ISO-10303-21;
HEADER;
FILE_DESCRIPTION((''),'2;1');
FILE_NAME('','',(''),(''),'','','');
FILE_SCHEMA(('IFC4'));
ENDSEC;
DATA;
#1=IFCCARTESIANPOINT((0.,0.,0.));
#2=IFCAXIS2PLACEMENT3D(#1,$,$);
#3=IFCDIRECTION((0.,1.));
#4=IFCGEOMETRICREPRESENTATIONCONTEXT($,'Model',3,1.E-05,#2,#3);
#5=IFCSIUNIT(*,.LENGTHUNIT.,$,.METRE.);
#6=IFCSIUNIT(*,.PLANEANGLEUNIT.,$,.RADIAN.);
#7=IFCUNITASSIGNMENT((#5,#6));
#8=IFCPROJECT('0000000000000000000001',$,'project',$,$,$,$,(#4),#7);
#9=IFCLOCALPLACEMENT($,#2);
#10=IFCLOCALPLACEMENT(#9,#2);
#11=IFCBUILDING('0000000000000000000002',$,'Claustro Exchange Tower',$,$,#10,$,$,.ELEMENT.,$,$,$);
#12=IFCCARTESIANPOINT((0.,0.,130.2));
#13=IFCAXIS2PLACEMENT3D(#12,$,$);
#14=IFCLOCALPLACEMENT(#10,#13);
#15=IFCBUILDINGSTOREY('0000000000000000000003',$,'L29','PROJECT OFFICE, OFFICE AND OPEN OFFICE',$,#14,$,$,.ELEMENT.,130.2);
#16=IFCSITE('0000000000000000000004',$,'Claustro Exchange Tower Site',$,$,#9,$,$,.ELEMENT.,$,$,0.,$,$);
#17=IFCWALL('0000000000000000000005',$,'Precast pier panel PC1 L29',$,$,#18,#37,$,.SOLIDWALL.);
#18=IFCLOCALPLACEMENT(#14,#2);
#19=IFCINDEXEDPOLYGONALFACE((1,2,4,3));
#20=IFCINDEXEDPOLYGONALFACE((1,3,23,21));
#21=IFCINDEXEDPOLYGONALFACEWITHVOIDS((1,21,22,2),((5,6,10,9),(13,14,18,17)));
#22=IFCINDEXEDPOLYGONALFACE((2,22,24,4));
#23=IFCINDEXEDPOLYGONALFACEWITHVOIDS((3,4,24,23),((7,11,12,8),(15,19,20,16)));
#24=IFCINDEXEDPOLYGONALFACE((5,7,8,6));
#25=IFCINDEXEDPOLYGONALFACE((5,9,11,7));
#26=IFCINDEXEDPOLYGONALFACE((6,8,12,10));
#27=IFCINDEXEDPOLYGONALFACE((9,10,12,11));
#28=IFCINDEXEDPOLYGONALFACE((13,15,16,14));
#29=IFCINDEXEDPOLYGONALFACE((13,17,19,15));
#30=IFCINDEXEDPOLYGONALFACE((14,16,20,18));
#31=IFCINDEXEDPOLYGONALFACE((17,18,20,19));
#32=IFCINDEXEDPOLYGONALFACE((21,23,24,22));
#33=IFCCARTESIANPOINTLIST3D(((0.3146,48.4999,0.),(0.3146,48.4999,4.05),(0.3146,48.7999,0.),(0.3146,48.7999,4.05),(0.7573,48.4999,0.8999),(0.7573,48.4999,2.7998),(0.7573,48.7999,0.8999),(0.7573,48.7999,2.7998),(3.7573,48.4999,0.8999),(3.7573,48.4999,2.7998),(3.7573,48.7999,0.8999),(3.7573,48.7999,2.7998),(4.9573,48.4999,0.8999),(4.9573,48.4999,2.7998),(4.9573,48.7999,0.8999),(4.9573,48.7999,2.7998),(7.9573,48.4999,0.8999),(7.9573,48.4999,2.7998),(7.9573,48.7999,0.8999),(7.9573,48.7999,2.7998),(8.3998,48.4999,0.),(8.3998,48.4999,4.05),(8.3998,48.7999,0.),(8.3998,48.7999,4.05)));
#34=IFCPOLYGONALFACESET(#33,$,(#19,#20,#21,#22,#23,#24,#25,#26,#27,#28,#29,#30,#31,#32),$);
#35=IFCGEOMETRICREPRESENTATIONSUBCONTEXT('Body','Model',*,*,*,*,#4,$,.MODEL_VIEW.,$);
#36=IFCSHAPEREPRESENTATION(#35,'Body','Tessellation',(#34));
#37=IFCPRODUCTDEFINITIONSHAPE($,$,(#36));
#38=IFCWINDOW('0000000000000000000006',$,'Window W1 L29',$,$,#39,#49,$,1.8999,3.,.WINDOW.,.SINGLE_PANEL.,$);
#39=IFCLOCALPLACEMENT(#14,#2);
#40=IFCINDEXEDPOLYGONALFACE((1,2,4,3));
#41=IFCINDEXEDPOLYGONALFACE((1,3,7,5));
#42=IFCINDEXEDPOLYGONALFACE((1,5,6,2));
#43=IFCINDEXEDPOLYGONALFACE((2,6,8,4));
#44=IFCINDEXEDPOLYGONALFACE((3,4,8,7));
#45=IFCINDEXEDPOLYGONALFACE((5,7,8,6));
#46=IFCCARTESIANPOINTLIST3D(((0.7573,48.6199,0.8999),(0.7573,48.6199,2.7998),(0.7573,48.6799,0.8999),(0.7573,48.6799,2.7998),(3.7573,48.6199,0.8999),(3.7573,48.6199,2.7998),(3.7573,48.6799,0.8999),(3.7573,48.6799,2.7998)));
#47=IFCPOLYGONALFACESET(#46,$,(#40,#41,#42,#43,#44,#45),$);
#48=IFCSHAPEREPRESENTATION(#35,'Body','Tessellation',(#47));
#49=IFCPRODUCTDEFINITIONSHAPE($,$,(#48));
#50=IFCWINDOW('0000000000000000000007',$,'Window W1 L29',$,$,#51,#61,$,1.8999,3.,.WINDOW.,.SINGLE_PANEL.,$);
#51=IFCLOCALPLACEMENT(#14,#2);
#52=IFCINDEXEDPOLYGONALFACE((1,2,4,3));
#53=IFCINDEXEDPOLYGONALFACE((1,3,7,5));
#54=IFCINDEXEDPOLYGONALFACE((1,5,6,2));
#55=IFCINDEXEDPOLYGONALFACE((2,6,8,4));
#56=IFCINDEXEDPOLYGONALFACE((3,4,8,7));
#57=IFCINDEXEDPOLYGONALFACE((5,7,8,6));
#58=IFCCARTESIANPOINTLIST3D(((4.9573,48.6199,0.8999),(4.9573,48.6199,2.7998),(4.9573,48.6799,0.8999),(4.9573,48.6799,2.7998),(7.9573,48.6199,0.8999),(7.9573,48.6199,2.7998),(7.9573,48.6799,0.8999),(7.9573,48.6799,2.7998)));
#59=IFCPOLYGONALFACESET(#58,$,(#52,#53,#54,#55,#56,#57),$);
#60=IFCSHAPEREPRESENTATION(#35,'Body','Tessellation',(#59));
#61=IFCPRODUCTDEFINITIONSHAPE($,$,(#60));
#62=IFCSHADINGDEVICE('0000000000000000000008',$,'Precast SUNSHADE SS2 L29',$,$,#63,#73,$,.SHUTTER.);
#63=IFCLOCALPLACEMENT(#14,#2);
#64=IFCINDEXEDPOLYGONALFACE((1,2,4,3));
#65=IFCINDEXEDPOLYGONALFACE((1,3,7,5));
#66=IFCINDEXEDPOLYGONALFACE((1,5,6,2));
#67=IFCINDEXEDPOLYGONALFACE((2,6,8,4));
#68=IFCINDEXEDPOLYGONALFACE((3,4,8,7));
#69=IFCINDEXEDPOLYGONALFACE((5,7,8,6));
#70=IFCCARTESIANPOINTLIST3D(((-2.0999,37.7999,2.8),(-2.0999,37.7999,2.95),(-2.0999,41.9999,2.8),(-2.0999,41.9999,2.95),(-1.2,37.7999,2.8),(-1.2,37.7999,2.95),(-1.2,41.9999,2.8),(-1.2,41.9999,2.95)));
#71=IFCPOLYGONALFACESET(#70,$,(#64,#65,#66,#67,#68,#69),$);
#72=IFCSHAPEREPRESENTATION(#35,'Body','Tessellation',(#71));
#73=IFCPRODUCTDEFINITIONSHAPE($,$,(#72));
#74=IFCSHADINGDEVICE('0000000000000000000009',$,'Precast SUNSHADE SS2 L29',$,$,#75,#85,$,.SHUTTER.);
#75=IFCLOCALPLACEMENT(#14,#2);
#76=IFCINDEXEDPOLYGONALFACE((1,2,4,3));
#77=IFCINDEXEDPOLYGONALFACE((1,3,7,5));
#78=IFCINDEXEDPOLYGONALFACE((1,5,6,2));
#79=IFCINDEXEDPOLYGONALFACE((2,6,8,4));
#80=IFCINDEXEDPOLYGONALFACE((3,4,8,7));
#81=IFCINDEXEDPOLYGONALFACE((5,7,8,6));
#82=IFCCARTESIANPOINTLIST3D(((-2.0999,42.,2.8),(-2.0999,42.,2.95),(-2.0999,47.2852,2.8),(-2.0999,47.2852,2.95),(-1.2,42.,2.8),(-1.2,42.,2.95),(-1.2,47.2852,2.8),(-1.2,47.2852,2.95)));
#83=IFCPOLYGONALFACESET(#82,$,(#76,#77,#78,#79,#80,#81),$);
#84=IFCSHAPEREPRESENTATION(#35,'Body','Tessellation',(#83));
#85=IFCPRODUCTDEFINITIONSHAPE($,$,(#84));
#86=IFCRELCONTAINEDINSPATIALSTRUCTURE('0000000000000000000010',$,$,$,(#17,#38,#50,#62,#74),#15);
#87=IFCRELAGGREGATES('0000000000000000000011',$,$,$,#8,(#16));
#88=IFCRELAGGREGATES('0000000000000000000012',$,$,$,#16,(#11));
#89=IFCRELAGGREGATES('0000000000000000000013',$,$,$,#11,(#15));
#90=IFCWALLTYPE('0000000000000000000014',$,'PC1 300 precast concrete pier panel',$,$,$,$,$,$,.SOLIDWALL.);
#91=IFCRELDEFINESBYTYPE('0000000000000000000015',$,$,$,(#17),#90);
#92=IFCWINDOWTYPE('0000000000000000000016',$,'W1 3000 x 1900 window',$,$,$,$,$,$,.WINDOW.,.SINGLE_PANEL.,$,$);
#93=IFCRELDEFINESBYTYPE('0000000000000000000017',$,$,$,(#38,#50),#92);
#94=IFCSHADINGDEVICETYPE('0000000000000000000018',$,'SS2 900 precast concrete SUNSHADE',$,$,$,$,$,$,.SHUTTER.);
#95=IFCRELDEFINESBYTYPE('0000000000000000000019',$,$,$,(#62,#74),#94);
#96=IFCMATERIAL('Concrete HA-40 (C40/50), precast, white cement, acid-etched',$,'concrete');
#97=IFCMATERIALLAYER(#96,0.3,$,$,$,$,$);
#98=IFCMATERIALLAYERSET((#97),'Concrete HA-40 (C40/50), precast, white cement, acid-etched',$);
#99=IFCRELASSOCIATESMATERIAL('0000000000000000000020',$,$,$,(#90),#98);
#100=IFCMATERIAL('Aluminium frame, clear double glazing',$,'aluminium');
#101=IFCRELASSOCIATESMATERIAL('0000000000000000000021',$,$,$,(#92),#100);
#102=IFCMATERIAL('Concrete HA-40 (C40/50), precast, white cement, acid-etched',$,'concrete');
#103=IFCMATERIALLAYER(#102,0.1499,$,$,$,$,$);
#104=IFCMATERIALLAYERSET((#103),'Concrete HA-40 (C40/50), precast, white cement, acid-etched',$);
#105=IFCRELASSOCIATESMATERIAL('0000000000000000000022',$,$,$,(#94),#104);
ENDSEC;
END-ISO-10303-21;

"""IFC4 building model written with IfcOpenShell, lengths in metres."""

from ifc_helpers import new_model, si_unit, direction, frame, frame_2d, origin, origin_2d, place, context, subcontext, project, spatial, rectangle, extrude, material, layer, layer_set, type_object, element, fill, save


model = new_model("IFC4")

# Units and contexts
model_context = context("Model", 3, precision=1e-05, world=origin(), true_north=direction((0.0, 1.0)))
body_context = subcontext(model_context, "Body", "Model", "MODEL_VIEW")
ifc_project = project(units=[si_unit("LENGTHUNIT", "METRE"), si_unit("PLANEANGLEUNIT", "RADIAN")], contexts=[model_context])

# Site, building, storey
site_placement = place(None, origin())
site = spatial("IfcSite", under=ifc_project, at=site_placement, Name="Claustro Exchange Tower Site", CompositionType="ELEMENT", RefElevation=0.0)
building_placement = place(site_placement, origin())
building = spatial("IfcBuilding", under=site, at=building_placement, Name="Claustro Exchange Tower", CompositionType="ELEMENT")
storey_placement = place(building_placement, frame((0.0, 0.0, 130.2)))
storey = spatial("IfcBuildingStorey", under=building, at=storey_placement, Name="L29", Description="PROJECT OFFICE, OFFICE AND OPEN OFFICE", CompositionType="ELEMENT", Elevation=130.2)

# Shared definitions
ifc_material_1 = material(Name="Concrete HA-40 (C40/50), precast, white cement, acid-etched", Category="concrete")
ifc_layer_1 = layer(ifc_material_1, 0.3)
ifc_layer_set_1 = layer_set([ifc_layer_1], Name="Concrete HA-40 (C40/50), precast, white cement, acid-etched")
wall_type_1 = type_object("IfcWallType", Name="PC1 300 precast concrete pier panel", PredefinedType="SOLIDWALL", material=ifc_layer_set_1)

# Wall, openings, windows
wall_1_placement = place(storey_placement, frame((0.3147, 48.6499, 0.0), z_axis=(0.0, 0.0, 1.0), x_axis=(1.0, 0.0, 0.0)))
wall_1 = element("IfcWall", 1, at=wall_1_placement, inside=storey, type_object=wall_type_1, Name="Precast pier panel PC1 L29", PredefinedType="SOLIDWALL", context=body_context, shape_type="SweptSolid", body=[
    extrude(rectangle(XDim=8.0852, YDim=0.3, at=frame_2d((4.0425, 0.0))), origin(), (0.0, 0.0, 1.0), 4.05),
])
opening_1_placement = place(wall_1_placement, frame((0.4426, 0.0, 0.8999)))
opening_1 = element("IfcOpeningElement", 2, at=opening_1_placement, cuts=wall_1, PredefinedType="OPENING", context=body_context, shape_type="SweptSolid", body=[
    extrude(rectangle(XDim=3.0, YDim=1.8999, at=frame_2d((1.5, 0.95))), frame((0.0, 0.1599, 0.0), z_axis=(0.0, -1.0, 0.0), x_axis=(1.0, 0.0, 0.0)), (0.0, 0.0, 1.0), 0.3201),
])
opening_2_placement = place(wall_1_placement, frame((4.6426, 0.0, 0.8999)))
opening_2 = element("IfcOpeningElement", 3, at=opening_2_placement, cuts=wall_1, PredefinedType="OPENING", context=body_context, shape_type="SweptSolid", body=[
    extrude(rectangle(XDim=3.0, YDim=1.8999, at=frame_2d((1.5, 0.95))), frame((0.0, 0.1599, 0.0), z_axis=(0.0, -1.0, 0.0), x_axis=(1.0, 0.0, 0.0)), (0.0, 0.0, 1.0), 0.3201),
])
ifc_material_2 = material(Name="Aluminium frame, clear double glazing", Category="aluminium")
window_type_1 = type_object("IfcWindowType", Name="W1 3000 x 1900 window", PartitioningType="SINGLE_PANEL", PredefinedType="WINDOW", material=ifc_material_2)
window_1_placement = place(opening_1_placement, origin())
window_1 = element("IfcWindow", 4, at=window_1_placement, inside=storey, type_object=window_type_1, Name="Window W1 L29", OverallHeight=1.8999, OverallWidth=3.0, PartitioningType="SINGLE_PANEL", PredefinedType="WINDOW", context=body_context, shape_type="SweptSolid", body=[
    extrude(rectangle(XDim=3.0, YDim=1.8999, at=frame_2d((1.5, 0.95))), frame((0.0, 0.03, 0.0), z_axis=(0.0, -1.0, 0.0), x_axis=(1.0, 0.0, 0.0)), (0.0, 0.0, 1.0), 0.0601),
])
fill(opening_1, window_1)
window_2_placement = place(opening_2_placement, origin())
window_2 = element("IfcWindow", 5, at=window_2_placement, inside=storey, type_object=window_type_1, Name="Window W1 L29", OverallHeight=1.8999, OverallWidth=3.0, PartitioningType="SINGLE_PANEL", PredefinedType="WINDOW", context=body_context, shape_type="SweptSolid", body=[
    extrude(rectangle(XDim=3.0, YDim=1.8999, at=frame_2d((1.5, 0.95))), frame((0.0, 0.03, 0.0), z_axis=(0.0, -1.0, 0.0), x_axis=(1.0, 0.0, 0.0)), (0.0, 0.0, 1.0), 0.0601),
])
fill(opening_2, window_2)

# Shading devices
ifc_material_3 = material(Name="Concrete HA-40 (C40/50), precast, white cement, acid-etched", Category="concrete")
ifc_layer_2 = layer(ifc_material_3, 0.1499)
ifc_layer_set_2 = layer_set([ifc_layer_2], Name="Concrete HA-40 (C40/50), precast, white cement, acid-etched")
shading_device_type = type_object("IfcShadingDeviceType", Name="SS2 900 precast concrete SUNSHADE", PredefinedType="SHUTTER", material=ifc_layer_set_2)
shading_device_1_placement = place(storey_placement, frame((-1.6499, 39.8999, 2.8), z_axis=(0.0, 0.0, 1.0), x_axis=(0.0, 1.0, 0.0)))
element("IfcShadingDevice", 6, at=shading_device_1_placement, inside=storey, type_object=shading_device_type, Name="Precast SUNSHADE SS2 L29", PredefinedType="SHUTTER", context=body_context, shape_type="SweptSolid", body=[
    extrude(rectangle(XDim=4.2, YDim=0.8999, at=origin_2d()), origin(), (0.0, 0.0, 1.0), 0.1499),
])
shading_device_2_placement = place(storey_placement, frame((-1.6499, 44.6426, 2.8), z_axis=(0.0, 0.0, 1.0), x_axis=(0.0, 1.0, 0.0)))
element("IfcShadingDevice", 7, at=shading_device_2_placement, inside=storey, type_object=shading_device_type, Name="Precast SUNSHADE SS2 L29", PredefinedType="SHUTTER", context=body_context, shape_type="SweptSolid", body=[
    extrude(rectangle(XDim=5.2852, YDim=0.8999, at=origin_2d()), origin(), (0.0, 0.0, 1.0), 0.1499),
])

save(model, "model.ifc")
